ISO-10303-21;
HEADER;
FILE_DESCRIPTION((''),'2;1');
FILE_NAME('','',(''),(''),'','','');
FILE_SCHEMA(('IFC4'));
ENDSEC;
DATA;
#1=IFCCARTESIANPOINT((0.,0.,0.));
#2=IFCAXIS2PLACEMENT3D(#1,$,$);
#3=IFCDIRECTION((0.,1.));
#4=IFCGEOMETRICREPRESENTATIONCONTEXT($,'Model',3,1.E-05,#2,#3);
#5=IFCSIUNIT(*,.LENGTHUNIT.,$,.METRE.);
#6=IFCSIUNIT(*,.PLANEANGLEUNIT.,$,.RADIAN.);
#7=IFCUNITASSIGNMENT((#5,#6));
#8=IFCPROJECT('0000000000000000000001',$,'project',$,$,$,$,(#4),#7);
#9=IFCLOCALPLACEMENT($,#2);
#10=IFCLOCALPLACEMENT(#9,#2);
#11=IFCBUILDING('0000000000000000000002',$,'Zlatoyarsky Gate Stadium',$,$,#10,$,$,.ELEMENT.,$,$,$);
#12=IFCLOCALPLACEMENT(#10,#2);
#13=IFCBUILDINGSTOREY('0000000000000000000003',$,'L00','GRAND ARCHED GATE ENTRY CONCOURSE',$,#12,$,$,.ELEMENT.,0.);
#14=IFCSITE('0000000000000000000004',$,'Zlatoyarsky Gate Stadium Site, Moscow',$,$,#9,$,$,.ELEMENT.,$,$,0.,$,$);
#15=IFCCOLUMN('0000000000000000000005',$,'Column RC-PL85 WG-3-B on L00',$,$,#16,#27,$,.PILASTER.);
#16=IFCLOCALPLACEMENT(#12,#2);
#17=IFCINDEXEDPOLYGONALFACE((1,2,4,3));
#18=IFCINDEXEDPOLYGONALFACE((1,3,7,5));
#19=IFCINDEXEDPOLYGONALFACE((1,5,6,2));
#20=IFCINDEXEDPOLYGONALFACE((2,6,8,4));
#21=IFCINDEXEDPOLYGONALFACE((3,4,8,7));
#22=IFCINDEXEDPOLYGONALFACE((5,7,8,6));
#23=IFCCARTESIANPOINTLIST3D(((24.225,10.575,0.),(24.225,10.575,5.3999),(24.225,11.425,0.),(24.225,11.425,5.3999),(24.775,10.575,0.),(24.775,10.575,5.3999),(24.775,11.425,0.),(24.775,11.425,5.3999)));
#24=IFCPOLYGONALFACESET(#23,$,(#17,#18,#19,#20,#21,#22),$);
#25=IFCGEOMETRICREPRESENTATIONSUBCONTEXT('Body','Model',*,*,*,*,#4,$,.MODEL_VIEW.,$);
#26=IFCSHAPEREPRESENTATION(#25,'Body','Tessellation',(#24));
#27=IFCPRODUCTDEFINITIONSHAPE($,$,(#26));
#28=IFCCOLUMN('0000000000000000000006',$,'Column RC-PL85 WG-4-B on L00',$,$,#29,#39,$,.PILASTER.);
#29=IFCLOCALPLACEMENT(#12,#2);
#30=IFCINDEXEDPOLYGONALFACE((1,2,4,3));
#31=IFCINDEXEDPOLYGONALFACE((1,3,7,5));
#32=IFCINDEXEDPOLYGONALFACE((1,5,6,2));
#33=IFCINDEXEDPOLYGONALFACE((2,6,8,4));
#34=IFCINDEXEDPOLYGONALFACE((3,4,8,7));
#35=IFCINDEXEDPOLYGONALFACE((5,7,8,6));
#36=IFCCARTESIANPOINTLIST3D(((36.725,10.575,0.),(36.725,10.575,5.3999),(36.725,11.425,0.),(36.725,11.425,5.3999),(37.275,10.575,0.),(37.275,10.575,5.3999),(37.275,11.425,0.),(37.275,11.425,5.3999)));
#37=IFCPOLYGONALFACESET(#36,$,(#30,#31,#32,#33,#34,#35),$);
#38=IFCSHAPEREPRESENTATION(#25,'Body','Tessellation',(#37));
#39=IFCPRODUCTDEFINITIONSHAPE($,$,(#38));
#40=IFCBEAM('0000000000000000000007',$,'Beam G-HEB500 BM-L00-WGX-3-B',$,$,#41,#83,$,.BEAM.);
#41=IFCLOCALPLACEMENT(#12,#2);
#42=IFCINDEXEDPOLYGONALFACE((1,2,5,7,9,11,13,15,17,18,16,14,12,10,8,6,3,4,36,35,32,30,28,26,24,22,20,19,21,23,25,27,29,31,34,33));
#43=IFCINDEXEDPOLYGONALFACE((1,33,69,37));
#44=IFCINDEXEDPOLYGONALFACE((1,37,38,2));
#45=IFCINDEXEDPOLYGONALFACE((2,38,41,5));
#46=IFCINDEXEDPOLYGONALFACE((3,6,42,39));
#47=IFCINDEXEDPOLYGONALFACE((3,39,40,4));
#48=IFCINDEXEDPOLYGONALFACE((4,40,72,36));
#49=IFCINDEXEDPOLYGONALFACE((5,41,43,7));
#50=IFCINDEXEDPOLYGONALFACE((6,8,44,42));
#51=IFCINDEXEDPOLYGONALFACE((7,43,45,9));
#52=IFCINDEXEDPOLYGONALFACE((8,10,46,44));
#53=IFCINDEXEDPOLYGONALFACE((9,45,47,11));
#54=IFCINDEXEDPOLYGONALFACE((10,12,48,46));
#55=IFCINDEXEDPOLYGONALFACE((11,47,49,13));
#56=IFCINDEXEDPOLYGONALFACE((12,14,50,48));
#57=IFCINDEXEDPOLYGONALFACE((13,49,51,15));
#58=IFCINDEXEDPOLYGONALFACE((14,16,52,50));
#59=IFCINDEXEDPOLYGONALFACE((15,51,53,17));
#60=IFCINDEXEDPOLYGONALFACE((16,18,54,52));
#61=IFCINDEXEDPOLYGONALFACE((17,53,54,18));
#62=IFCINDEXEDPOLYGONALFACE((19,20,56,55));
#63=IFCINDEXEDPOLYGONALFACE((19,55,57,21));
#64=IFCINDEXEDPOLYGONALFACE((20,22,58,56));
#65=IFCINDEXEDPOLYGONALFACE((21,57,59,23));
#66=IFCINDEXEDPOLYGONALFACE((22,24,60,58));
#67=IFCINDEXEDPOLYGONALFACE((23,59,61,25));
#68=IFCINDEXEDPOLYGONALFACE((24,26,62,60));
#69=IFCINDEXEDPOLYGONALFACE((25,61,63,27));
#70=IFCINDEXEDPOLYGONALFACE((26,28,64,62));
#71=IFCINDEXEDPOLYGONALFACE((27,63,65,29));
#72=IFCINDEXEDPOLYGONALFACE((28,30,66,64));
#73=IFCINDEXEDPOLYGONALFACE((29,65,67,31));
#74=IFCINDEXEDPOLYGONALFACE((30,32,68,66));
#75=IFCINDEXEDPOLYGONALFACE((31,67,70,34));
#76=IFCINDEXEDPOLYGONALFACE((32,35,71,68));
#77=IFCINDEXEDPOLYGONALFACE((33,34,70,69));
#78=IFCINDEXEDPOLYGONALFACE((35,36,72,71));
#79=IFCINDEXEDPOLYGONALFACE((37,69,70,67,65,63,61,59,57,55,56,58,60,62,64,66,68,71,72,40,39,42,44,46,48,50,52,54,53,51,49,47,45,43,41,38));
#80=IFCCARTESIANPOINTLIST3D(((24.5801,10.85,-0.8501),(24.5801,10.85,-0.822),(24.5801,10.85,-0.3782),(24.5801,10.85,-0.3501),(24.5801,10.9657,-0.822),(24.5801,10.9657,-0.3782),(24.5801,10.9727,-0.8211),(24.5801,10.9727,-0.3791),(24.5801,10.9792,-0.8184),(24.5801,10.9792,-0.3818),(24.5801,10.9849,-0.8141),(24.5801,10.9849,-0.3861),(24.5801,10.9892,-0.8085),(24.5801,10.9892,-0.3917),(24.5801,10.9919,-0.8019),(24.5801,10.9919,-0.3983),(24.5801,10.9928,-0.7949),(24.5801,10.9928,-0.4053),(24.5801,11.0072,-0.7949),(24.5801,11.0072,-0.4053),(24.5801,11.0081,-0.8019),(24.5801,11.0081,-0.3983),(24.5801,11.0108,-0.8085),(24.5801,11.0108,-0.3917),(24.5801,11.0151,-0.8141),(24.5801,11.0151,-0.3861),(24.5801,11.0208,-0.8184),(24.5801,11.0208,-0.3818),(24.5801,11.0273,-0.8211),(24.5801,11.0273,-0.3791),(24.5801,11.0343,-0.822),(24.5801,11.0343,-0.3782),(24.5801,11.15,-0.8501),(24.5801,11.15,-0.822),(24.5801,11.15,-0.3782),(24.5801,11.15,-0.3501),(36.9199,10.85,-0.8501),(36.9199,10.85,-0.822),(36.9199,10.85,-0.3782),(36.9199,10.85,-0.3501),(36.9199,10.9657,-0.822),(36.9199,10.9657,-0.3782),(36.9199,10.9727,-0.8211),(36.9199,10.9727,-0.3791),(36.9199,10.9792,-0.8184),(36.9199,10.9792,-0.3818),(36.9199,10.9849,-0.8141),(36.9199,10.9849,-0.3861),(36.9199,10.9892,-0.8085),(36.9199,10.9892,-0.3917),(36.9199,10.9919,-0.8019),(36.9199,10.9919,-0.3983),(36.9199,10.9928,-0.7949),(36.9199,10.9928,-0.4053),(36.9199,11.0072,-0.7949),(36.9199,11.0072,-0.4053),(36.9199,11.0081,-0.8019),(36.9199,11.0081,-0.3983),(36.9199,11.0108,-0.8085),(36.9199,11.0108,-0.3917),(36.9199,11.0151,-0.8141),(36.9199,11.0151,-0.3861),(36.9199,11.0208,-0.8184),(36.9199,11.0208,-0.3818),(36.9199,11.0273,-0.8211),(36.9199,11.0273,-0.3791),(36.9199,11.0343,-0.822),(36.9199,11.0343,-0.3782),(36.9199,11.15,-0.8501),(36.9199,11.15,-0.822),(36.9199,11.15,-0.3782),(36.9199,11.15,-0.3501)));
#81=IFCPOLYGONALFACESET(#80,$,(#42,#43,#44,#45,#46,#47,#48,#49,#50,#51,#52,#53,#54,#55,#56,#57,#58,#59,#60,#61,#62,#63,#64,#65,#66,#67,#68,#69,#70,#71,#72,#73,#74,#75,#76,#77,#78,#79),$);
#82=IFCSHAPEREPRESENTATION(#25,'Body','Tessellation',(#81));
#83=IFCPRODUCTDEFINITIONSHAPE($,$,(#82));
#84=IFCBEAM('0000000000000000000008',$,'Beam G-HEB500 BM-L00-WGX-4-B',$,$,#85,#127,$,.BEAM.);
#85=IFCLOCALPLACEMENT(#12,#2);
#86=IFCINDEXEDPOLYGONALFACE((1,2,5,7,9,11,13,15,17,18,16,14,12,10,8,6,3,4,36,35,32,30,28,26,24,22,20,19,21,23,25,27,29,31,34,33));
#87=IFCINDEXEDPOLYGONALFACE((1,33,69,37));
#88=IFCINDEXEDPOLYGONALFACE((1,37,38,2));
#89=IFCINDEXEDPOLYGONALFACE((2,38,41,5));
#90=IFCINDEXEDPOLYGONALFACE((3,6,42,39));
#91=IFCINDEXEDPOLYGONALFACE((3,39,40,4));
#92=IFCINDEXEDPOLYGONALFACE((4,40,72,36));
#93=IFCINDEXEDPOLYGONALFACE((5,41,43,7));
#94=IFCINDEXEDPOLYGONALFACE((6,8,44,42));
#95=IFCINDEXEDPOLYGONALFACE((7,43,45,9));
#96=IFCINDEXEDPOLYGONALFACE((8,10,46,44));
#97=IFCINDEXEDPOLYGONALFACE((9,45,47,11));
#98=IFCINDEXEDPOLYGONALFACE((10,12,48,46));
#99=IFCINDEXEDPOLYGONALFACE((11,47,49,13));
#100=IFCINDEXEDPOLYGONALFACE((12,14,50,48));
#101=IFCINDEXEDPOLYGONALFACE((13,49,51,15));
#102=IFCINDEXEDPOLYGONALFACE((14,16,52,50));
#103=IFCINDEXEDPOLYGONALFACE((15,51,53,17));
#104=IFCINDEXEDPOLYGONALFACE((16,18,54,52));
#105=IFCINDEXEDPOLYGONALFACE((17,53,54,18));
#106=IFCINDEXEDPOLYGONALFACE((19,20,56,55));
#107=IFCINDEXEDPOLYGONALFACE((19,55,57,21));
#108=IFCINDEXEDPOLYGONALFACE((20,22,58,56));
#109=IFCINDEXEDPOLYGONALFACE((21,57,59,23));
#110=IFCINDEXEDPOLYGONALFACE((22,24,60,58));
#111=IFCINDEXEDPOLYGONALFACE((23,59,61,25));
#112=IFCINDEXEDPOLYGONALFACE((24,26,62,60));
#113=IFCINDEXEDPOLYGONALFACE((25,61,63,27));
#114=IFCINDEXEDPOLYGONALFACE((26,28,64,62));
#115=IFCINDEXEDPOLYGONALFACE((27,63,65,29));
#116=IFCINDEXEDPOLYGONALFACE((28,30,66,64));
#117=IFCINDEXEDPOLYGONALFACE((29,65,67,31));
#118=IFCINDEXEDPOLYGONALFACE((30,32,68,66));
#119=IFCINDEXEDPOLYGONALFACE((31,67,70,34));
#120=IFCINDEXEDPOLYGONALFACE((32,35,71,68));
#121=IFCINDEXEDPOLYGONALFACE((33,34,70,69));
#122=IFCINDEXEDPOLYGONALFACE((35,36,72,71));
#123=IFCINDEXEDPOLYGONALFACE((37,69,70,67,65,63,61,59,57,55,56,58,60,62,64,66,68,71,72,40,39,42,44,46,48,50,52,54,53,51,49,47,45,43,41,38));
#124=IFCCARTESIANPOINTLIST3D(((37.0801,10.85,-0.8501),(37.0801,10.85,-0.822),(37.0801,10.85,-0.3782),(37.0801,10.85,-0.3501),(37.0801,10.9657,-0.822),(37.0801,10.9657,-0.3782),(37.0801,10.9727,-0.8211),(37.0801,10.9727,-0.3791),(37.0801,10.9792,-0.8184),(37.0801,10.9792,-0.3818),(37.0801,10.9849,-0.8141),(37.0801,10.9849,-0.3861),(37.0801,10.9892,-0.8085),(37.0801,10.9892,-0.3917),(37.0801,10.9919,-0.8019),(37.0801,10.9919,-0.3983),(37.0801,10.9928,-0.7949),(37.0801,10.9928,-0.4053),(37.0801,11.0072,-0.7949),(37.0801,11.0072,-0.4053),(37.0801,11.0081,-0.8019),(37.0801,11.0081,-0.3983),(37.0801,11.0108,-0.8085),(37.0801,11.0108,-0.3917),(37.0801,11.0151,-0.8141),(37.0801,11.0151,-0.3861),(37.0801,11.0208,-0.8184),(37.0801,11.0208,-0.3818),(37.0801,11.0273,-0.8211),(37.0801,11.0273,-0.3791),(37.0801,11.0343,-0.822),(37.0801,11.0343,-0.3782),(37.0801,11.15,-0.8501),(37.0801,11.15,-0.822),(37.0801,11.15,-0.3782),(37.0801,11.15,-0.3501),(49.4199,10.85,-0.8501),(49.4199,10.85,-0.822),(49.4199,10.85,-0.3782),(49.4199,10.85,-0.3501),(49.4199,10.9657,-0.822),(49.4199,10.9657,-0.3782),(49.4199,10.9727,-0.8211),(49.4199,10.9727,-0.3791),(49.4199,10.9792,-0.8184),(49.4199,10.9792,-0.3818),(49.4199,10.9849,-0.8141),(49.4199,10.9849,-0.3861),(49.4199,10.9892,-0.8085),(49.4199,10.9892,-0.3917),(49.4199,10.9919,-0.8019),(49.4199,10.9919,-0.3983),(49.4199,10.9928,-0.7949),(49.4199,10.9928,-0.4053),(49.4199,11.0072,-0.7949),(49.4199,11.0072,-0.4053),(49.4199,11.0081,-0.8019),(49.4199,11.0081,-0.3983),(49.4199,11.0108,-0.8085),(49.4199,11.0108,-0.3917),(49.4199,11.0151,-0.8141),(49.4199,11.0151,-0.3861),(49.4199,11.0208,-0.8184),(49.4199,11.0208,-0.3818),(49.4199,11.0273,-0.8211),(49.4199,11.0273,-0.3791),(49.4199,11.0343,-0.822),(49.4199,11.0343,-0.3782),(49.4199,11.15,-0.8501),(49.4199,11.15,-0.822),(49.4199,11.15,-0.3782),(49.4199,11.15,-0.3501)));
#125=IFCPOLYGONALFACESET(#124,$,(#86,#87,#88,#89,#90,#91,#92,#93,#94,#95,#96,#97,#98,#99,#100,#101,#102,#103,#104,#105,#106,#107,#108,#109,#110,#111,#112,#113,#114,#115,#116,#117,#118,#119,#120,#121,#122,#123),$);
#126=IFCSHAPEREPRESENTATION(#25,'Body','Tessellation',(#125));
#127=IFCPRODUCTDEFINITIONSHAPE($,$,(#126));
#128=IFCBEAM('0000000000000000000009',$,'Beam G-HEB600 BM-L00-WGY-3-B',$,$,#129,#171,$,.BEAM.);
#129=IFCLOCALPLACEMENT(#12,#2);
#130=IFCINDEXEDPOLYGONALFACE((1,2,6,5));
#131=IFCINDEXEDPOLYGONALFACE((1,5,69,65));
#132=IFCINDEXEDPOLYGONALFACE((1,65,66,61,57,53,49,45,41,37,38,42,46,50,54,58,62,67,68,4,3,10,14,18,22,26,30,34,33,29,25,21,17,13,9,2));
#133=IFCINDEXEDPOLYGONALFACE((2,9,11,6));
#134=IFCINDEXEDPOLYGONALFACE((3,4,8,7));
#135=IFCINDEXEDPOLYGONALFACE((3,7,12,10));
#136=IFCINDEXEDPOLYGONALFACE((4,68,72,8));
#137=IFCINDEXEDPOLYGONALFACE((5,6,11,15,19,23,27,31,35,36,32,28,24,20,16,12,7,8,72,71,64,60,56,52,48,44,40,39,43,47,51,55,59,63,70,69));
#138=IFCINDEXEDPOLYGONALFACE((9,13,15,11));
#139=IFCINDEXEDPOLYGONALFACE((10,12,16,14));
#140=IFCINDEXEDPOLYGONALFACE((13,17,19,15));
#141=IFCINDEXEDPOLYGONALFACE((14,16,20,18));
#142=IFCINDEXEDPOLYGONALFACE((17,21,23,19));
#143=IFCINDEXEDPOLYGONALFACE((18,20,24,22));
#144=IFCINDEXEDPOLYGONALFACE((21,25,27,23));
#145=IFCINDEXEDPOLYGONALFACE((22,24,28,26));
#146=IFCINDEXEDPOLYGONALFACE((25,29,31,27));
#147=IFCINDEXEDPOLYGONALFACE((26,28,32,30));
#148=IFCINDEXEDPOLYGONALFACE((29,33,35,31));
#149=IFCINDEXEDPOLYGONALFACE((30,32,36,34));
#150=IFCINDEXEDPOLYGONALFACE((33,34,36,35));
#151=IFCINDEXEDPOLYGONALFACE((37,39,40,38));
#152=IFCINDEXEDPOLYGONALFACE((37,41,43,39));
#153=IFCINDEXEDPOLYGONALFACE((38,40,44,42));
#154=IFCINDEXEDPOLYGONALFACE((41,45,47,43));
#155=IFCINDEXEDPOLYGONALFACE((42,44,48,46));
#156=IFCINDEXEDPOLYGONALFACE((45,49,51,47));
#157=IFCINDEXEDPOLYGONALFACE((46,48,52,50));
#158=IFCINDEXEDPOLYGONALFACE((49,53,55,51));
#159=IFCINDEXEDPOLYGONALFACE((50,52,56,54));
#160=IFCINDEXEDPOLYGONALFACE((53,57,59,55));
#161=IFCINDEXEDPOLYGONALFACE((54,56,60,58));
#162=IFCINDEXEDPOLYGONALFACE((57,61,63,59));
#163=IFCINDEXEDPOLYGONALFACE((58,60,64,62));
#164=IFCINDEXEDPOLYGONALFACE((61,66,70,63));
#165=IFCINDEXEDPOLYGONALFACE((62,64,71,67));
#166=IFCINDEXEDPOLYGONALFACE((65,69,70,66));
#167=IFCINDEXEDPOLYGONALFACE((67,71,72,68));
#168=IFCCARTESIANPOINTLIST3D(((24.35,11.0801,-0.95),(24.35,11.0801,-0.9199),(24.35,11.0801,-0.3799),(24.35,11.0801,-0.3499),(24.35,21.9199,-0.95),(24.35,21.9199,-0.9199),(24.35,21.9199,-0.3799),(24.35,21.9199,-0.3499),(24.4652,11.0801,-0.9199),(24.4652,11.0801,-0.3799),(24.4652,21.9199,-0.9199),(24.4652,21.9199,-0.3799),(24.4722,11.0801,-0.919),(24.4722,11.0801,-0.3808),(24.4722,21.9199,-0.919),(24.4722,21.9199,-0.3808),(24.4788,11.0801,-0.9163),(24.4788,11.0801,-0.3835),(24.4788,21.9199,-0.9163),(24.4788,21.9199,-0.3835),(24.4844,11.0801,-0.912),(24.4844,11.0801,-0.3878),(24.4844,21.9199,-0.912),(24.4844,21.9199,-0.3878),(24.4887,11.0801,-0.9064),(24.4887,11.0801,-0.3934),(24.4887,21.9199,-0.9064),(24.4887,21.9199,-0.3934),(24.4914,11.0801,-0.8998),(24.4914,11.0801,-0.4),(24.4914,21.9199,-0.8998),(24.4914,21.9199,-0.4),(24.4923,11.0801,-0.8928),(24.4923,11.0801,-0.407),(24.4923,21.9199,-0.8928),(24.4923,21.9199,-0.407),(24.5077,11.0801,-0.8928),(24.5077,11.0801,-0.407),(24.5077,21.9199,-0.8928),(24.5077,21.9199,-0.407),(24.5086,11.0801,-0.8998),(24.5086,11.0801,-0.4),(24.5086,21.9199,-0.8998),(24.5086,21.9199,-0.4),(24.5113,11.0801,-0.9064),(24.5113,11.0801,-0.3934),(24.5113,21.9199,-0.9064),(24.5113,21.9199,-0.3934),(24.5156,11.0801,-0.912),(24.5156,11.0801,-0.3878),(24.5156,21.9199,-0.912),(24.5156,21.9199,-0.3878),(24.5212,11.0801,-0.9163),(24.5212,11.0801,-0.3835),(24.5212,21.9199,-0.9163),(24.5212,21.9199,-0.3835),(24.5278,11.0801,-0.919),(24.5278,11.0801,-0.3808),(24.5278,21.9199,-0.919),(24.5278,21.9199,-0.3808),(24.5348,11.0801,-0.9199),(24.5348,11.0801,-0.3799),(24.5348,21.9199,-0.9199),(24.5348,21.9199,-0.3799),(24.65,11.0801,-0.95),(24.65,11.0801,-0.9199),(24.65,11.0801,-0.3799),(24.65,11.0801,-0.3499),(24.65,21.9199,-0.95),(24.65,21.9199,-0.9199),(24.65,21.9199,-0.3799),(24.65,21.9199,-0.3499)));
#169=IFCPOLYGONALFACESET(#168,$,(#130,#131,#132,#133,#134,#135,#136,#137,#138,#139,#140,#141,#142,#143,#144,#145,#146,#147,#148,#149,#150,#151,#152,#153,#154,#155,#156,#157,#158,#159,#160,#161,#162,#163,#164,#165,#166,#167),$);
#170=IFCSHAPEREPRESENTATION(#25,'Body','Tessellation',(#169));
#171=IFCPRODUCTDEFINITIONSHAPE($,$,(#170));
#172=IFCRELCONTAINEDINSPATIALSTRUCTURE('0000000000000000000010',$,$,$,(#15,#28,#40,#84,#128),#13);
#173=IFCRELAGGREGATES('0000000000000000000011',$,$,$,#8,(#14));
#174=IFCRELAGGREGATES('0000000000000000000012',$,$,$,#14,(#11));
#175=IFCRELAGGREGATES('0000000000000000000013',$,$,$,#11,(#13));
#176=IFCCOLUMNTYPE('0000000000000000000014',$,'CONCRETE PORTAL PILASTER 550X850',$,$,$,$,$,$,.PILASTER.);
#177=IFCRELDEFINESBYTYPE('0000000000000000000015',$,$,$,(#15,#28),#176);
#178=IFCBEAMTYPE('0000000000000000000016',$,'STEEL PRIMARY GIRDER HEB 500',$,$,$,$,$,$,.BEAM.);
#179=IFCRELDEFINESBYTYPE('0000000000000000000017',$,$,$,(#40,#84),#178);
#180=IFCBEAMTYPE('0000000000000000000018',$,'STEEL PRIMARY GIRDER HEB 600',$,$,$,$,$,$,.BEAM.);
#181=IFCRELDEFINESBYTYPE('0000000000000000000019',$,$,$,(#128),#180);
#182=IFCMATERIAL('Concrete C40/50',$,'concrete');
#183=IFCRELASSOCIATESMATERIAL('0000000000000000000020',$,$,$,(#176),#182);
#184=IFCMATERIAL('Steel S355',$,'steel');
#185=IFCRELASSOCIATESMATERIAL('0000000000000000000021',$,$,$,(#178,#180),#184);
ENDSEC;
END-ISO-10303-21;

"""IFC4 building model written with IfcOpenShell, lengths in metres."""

from ifc_helpers import new_model, si_unit, direction, frame, origin, origin_2d, place, context, subcontext, project, spatial, rectangle, i_section, extrude, material, material_profile, profile_set, type_object, element, save


model = new_model("IFC4")

# Units and contexts
model_context = context("Model", 3, precision=1e-05, world=origin(), true_north=direction((0.0, 1.0)))
body_context = subcontext(model_context, "Body", "Model", "MODEL_VIEW")
ifc_project = project(units=[si_unit("LENGTHUNIT", "METRE"), si_unit("PLANEANGLEUNIT", "RADIAN")], contexts=[model_context])

# Site, building, storey
site_placement = place(None, origin())
site = spatial("IfcSite", under=ifc_project, at=site_placement, Name="Zlatoyarsky Gate Stadium Site, Moscow", CompositionType="ELEMENT", RefElevation=0.0)
building_placement = place(site_placement, origin())
building = spatial("IfcBuilding", under=site, at=building_placement, Name="Zlatoyarsky Gate Stadium", CompositionType="ELEMENT")
storey_placement = place(building_placement, origin())
storey = spatial("IfcBuildingStorey", under=building, at=storey_placement, Name="L00", Description="GRAND ARCHED GATE ENTRY CONCOURSE", CompositionType="ELEMENT", Elevation=0.0)

# Columns
ifc_material_1 = material(Name="Concrete C40/50", Category="concrete")
ifc_material_profile_1 = material_profile(ifc_material_1, rectangle(XDim=0.55, YDim=0.8501, at=origin_2d()), Name="RC PILASTER 550X850")
ifc_profile_set_1 = profile_set([ifc_material_profile_1], Name="Concrete C40/50")
column_type = type_object("IfcColumnType", Name="CONCRETE PORTAL PILASTER 550X850", PredefinedType="PILASTER", material=ifc_profile_set_1)
for number, where, z_axis, x_axis, name in (
    (1, (24.5, 11.0, 0.0), (0.0, 0.0, 1.0), (1.0, 0.0, 0.0), "Column RC-PL85 WG-3-B on L00"),
    (2, (37.0, 11.0, 0.0), (0.0, 0.0, 1.0), (1.0, 0.0, 0.0), "Column RC-PL85 WG-4-B on L00"),
):
    element("IfcColumn", number, at=place(storey_placement, frame(where, z_axis=z_axis, x_axis=x_axis)), inside=storey, type_object=column_type, Name=name, PredefinedType="PILASTER", context=body_context, shape_type="SweptSolid", body=[
        extrude(rectangle(XDim=0.55, YDim=0.8501, at=origin_2d()), origin(), (0.0, 0.0, 1.0), 5.3999),
    ])

# Beams
ifc_material_2 = material(Name="Steel S355", Category="steel")
ifc_material_profile_2 = material_profile(ifc_material_2, i_section(OverallWidth=0.3, OverallDepth=0.5, WebThickness=0.0144, FlangeThickness=0.0281, FilletRadius=0.0271, at=origin_2d()), Name="HEB 500")
ifc_profile_set_2 = profile_set([ifc_material_profile_2], Name="Steel S355")
beam_type_1 = type_object("IfcBeamType", Name="STEEL PRIMARY GIRDER HEB 500", PredefinedType="BEAM", material=ifc_profile_set_2)
for number, where, z_axis, x_axis, name in (
    (3, (24.5801, 11.0, -0.6001), (1.0, 0.0, 0.0), (0.0, 1.0, 0.0), "Beam G-HEB500 BM-L00-WGX-3-B"),
    (4, (37.0801, 11.0, -0.6001), (1.0, 0.0, 0.0), (0.0, 1.0, 0.0), "Beam G-HEB500 BM-L00-WGX-4-B"),
):
    element("IfcBeam", number, at=place(storey_placement, frame(where, z_axis=z_axis, x_axis=x_axis)), inside=storey, type_object=beam_type_1, Name=name, PredefinedType="BEAM", context=body_context, shape_type="SweptSolid", body=[
        extrude(i_section(OverallWidth=0.3, OverallDepth=0.5, WebThickness=0.0144, FlangeThickness=0.0281, FilletRadius=0.0271, at=origin_2d()), origin(), (0.0, 0.0, 1.0), 12.3398),
    ])
ifc_material_profile_3 = material_profile(ifc_material_2, i_section(OverallWidth=0.3, OverallDepth=0.6001, WebThickness=0.0154, FlangeThickness=0.03, FilletRadius=0.0271, at=origin_2d()), Name="HEB 600")
ifc_profile_set_3 = profile_set([ifc_material_profile_3], Name="Steel S355")
beam_type_2 = type_object("IfcBeamType", Name="STEEL PRIMARY GIRDER HEB 600", PredefinedType="BEAM", material=ifc_profile_set_3)
for number, where, z_axis, x_axis, name in (
    (5, (24.5, 11.0801, -0.6499), (0.0, 1.0, 0.0), (-1.0, 0.0, 0.0), "Beam G-HEB600 BM-L00-WGY-3-B"),
):
    element("IfcBeam", number, at=place(storey_placement, frame(where, z_axis=z_axis, x_axis=x_axis)), inside=storey, type_object=beam_type_2, Name=name, PredefinedType="BEAM", context=body_context, shape_type="SweptSolid", body=[
        extrude(i_section(OverallWidth=0.3, OverallDepth=0.6001, WebThickness=0.0154, FlangeThickness=0.03, FilletRadius=0.0271, at=origin_2d()), origin(), (0.0, 0.0, 1.0), 10.8398),
    ])

save(model, "model.ifc")
